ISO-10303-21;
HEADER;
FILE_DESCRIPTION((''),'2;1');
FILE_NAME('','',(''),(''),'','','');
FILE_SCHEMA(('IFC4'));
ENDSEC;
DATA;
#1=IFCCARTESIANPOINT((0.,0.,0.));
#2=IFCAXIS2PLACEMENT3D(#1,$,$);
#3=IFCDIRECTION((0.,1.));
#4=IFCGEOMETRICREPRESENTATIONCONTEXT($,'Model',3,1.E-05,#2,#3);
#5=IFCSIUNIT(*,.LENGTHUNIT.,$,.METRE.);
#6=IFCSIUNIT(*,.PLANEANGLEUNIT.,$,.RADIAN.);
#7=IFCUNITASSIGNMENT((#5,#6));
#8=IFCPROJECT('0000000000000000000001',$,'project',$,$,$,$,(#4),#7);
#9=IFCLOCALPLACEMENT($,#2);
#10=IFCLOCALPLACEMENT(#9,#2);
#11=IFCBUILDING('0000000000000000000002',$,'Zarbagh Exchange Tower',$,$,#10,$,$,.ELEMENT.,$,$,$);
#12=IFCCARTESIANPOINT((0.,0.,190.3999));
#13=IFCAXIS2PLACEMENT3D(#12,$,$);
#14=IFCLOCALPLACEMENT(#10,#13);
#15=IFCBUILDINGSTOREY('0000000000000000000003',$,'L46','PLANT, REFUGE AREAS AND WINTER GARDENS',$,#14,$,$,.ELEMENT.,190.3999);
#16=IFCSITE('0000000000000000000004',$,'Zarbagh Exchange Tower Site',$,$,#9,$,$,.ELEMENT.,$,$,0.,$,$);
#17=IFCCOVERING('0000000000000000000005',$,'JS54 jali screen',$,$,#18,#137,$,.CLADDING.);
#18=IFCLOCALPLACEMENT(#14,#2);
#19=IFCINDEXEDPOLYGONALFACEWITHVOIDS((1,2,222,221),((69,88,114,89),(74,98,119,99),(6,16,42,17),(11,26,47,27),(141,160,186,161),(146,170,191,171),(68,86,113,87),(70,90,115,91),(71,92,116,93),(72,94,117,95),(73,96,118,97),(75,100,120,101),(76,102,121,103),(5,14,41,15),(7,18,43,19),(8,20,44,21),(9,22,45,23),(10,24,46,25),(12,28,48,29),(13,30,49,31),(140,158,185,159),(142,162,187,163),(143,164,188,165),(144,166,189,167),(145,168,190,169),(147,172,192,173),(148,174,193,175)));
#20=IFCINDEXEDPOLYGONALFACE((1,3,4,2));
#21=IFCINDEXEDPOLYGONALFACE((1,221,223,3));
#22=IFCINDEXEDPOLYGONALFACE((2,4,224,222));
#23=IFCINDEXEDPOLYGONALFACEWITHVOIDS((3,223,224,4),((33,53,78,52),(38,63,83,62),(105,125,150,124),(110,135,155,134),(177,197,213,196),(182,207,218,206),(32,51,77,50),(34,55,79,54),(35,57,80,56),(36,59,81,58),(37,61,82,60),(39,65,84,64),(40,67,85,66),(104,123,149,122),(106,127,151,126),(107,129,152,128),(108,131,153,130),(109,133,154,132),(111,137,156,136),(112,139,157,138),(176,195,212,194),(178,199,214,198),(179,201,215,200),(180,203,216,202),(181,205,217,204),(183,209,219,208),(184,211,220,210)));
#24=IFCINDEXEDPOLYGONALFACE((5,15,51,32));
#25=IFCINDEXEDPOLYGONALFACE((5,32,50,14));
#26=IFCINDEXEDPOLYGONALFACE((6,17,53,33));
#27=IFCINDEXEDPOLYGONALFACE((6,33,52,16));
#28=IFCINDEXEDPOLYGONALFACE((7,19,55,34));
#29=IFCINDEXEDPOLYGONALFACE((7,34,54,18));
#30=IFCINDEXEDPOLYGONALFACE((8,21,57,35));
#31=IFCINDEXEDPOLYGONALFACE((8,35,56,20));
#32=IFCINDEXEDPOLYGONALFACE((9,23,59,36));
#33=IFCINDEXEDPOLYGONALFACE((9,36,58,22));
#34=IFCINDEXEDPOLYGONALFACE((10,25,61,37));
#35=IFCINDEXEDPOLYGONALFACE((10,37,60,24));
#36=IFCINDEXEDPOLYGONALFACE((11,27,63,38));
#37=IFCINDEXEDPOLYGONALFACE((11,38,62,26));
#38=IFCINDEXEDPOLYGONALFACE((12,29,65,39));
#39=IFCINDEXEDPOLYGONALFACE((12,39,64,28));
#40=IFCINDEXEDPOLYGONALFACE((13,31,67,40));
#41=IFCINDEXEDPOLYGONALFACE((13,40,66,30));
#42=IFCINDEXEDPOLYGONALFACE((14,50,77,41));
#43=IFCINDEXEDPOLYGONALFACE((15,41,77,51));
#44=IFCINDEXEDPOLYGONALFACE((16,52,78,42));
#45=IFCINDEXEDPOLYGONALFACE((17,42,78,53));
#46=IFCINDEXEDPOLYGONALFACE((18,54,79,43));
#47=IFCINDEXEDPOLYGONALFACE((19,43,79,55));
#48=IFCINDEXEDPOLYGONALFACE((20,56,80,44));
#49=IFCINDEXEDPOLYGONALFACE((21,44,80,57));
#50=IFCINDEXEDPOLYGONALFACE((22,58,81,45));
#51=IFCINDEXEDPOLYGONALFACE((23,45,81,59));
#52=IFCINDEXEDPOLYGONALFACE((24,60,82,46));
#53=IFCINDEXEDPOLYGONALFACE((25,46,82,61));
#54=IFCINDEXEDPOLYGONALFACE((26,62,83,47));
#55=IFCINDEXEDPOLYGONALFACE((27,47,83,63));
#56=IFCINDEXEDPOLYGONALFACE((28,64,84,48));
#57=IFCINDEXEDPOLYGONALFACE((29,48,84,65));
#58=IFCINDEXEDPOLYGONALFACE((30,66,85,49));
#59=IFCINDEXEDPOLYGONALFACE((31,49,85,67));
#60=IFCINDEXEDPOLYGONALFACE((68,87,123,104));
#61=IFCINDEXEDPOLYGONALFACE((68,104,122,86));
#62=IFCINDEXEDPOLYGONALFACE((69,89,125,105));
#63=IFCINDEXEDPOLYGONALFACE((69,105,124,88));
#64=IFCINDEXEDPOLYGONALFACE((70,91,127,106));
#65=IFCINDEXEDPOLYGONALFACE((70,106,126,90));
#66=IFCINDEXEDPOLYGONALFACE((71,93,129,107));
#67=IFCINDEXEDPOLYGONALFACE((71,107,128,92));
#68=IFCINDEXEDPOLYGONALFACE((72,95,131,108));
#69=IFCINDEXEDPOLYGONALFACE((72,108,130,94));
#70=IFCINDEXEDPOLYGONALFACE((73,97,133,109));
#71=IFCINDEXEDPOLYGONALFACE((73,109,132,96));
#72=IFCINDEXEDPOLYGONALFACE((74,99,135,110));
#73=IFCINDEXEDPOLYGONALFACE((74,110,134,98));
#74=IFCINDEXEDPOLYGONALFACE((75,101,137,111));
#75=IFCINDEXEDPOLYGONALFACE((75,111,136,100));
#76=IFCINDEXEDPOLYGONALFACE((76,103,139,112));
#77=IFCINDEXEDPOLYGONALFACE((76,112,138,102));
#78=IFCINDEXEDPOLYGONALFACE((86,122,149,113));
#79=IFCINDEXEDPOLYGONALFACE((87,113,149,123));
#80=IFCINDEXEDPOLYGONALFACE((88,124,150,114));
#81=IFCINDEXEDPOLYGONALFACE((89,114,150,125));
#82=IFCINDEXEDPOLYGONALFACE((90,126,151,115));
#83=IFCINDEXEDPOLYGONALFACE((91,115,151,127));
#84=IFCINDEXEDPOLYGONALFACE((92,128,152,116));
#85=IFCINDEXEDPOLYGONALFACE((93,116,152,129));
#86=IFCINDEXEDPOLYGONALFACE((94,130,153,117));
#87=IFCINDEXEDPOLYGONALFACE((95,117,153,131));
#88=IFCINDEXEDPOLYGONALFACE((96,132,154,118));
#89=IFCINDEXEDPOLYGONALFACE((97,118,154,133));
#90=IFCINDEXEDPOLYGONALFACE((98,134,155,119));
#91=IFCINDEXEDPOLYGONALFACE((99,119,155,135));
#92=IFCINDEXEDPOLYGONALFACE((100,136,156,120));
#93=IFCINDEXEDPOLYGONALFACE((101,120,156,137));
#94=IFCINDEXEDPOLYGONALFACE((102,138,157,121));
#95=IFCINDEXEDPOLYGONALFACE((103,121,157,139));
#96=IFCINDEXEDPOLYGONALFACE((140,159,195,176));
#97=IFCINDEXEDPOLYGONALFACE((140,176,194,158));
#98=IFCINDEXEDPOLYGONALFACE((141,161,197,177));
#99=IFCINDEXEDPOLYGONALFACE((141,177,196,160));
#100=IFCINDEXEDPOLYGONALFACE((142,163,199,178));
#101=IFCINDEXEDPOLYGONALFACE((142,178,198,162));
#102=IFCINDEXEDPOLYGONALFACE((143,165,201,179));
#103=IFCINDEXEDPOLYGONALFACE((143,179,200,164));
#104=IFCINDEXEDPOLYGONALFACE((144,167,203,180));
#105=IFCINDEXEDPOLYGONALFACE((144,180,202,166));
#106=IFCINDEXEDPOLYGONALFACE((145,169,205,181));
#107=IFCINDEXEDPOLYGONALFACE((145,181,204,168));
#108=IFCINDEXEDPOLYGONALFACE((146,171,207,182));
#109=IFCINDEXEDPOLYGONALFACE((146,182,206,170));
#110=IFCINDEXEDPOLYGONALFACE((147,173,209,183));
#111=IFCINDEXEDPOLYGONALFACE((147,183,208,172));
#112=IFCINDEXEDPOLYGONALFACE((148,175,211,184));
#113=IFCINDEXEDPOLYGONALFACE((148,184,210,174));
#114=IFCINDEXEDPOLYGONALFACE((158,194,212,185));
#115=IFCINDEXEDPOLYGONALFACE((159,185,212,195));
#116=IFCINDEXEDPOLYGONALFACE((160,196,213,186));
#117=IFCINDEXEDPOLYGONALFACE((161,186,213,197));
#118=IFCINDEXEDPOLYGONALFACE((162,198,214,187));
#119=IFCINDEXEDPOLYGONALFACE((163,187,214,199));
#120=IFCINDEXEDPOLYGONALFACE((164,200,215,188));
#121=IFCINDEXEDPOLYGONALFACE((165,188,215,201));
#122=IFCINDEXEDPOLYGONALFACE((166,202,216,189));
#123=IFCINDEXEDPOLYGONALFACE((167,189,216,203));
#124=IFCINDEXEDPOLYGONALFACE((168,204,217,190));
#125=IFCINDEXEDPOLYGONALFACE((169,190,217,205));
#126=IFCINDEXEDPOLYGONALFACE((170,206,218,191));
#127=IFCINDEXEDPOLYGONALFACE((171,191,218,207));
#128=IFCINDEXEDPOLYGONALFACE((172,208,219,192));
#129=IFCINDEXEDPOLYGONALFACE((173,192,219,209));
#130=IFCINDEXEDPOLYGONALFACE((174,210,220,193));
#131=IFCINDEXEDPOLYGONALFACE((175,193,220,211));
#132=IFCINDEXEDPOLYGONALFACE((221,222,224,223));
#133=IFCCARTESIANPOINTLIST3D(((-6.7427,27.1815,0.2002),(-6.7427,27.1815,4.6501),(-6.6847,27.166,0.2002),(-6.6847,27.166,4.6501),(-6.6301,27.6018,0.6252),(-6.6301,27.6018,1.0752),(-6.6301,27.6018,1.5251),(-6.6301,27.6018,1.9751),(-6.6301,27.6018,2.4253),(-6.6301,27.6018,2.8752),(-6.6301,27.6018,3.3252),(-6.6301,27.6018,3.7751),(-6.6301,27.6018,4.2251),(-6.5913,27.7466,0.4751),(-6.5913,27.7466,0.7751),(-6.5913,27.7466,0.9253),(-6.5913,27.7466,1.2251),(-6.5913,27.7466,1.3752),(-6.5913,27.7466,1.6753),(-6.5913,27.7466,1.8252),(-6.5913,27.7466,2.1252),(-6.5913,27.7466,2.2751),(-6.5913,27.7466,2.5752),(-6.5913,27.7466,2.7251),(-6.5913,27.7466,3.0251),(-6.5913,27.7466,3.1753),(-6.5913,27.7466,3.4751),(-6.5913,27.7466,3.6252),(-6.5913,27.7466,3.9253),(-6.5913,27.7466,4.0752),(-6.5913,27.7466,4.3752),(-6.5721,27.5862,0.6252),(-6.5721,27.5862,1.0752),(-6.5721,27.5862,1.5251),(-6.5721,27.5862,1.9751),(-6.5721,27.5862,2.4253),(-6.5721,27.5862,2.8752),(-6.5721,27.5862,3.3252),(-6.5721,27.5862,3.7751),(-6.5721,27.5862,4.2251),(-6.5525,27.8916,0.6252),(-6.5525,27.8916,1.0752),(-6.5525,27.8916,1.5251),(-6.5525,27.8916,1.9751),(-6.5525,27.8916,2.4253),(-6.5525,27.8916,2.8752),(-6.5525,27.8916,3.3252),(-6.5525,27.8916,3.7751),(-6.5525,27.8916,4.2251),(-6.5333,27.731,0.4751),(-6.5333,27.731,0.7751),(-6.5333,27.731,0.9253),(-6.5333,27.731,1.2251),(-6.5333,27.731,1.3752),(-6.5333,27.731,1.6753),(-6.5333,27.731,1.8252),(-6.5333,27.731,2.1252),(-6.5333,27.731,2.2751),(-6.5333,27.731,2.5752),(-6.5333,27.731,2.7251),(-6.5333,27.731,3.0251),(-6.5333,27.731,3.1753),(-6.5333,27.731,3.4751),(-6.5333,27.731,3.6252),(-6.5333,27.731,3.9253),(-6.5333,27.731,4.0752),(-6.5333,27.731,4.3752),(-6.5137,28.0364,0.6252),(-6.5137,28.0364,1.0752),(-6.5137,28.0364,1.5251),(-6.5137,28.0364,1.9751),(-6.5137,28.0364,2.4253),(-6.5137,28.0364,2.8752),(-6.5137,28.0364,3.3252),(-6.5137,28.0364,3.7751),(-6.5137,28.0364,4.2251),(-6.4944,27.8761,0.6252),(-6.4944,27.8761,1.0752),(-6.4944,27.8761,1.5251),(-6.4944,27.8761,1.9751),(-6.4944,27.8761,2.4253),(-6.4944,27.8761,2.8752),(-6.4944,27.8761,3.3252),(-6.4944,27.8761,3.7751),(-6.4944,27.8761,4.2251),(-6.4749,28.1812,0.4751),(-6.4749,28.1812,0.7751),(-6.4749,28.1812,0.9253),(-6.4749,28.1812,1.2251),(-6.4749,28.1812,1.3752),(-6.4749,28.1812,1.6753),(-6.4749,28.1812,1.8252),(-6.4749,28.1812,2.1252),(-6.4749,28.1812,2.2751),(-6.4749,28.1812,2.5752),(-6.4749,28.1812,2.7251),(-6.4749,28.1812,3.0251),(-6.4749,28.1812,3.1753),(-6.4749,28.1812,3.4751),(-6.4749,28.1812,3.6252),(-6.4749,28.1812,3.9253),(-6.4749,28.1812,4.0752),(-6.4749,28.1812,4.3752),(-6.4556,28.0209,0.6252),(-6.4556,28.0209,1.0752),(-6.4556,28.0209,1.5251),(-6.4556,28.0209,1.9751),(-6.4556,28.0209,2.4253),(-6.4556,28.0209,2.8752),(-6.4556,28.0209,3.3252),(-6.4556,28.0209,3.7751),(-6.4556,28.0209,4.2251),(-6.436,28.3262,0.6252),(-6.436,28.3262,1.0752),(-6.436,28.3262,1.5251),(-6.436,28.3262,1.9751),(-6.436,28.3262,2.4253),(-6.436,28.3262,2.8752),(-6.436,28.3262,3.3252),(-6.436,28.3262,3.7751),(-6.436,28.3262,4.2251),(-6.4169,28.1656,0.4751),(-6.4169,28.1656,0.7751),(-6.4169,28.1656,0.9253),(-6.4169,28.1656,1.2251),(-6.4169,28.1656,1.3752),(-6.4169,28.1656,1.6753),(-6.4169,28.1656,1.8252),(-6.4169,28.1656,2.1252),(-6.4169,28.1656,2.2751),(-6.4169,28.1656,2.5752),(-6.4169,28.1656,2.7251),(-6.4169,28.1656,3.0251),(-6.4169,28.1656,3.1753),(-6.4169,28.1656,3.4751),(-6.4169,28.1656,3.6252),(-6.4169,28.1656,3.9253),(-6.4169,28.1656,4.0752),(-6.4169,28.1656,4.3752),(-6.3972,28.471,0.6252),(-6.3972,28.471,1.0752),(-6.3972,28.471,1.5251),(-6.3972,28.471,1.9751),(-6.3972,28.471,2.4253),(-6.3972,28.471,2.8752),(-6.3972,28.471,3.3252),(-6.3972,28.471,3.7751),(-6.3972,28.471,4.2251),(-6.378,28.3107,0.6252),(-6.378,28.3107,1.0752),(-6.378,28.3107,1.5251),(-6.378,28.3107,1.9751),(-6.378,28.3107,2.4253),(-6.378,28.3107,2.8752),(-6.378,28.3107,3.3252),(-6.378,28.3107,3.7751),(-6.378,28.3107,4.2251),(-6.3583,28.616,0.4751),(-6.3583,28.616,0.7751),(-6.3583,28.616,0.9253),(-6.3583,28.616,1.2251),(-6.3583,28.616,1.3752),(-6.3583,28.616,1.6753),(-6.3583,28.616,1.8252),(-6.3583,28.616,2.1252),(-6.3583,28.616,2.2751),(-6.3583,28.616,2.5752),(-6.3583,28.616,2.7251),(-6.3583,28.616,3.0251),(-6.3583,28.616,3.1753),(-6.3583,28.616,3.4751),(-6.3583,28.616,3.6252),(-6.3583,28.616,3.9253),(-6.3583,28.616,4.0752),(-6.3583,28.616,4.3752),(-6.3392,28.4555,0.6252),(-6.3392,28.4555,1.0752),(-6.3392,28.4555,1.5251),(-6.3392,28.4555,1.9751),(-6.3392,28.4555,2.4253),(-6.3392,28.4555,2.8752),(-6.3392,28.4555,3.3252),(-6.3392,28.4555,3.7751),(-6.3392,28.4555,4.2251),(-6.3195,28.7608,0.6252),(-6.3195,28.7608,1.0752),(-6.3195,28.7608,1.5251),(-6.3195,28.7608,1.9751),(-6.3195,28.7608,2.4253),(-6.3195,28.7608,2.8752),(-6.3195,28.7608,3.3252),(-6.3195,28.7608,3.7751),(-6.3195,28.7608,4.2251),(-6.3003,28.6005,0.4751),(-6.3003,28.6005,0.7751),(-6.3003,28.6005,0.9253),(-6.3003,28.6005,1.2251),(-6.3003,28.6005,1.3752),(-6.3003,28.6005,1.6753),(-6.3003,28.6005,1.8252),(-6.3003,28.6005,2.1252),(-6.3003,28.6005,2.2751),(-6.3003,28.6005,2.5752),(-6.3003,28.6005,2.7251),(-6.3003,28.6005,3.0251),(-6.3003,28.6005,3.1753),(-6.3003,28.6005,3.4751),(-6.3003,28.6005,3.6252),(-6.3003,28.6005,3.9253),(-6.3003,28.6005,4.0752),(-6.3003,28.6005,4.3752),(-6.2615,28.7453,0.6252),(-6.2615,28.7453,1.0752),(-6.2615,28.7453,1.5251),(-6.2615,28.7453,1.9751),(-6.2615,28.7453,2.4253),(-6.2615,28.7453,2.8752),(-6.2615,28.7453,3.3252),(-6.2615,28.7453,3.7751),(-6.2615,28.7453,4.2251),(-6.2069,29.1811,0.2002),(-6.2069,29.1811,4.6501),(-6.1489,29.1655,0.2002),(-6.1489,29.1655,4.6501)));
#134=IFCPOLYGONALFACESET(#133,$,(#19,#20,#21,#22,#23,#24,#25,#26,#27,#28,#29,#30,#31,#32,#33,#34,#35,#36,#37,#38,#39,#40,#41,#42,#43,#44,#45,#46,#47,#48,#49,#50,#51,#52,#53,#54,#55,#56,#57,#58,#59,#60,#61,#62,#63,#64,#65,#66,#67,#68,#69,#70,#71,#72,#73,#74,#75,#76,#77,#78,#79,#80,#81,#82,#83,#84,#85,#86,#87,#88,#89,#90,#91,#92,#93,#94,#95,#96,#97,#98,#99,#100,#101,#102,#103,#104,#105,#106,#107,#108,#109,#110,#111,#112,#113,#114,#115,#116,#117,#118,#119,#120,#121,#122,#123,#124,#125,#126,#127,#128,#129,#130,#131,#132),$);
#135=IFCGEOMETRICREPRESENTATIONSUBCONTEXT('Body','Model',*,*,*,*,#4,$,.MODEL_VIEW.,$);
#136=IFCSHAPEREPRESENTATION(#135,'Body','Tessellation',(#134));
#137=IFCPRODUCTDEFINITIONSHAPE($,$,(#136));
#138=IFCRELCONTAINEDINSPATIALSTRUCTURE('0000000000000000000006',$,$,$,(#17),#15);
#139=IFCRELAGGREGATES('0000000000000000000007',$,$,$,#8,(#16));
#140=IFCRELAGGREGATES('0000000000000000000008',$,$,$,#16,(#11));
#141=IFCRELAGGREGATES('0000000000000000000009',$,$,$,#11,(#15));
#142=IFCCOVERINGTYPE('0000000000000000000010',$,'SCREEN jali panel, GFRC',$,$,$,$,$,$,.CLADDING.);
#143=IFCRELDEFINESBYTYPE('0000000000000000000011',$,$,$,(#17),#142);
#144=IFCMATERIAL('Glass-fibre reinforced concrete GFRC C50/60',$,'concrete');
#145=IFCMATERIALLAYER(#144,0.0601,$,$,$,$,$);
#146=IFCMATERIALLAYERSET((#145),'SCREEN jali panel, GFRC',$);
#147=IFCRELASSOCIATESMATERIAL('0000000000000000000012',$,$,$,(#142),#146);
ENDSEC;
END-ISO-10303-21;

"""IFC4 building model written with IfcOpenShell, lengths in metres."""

from ifc_helpers import new_model, si_unit, direction, frame, origin, place, context, subcontext, project, spatial, polyline, outline, extrude, source, transform, mapped, material, layer, layer_set, type_object, element, save


model = new_model("IFC4")

# Units and contexts
model_context = context("Model", 3, precision=1e-05, world=origin(), true_north=direction((0.0, 1.0)))
body_context = subcontext(model_context, "Body", "Model", "MODEL_VIEW")
ifc_project = project(units=[si_unit("LENGTHUNIT", "METRE"), si_unit("PLANEANGLEUNIT", "RADIAN")], contexts=[model_context])

# Site, building, storey
site_placement = place(None, origin())
site = spatial("IfcSite", under=ifc_project, at=site_placement, Name="Zarbagh Exchange Tower Site", CompositionType="ELEMENT", RefElevation=0.0)
building_placement = place(site_placement, origin())
building = spatial("IfcBuilding", under=site, at=building_placement, Name="Zarbagh Exchange Tower", CompositionType="ELEMENT")
storey_placement = place(building_placement, frame((0.0, 0.0, 190.3999)))
storey = spatial("IfcBuildingStorey", under=building, at=storey_placement, Name="L46", Description="PLANT, REFUGE AREAS AND WINTER GARDENS", CompositionType="ELEMENT", Elevation=190.3999)

# Shared definitions
ifc_material_1 = material(Name="Glass-fibre reinforced concrete GFRC C50/60", Category="concrete")
ifc_layer_1 = layer(ifc_material_1, 0.0601)
ifc_layer_set_1 = layer_set([ifc_layer_1], Name="SCREEN jali panel, GFRC")
covering_type = type_object("IfcCoveringType", Name="SCREEN jali panel, GFRC", PredefinedType="CLADDING", material=ifc_layer_set_1)
placement = place(storey_placement, origin())

# Covering
shared_shape_1 = source(origin(), body_context, "Body", "SweptSolid", [
    extrude(outline(polyline([(0.0, 0.0), (2.0701, 0.0), (2.0701, 4.45), (0.0, 4.45), (0.0, 0.0)]), holes=[polyline([(0.4351, 0.425), (0.585, 0.2749), (0.7351, 0.425), (0.585, 0.575), (0.4351, 0.425)]), polyline([(0.4351, 0.875), (0.585, 0.7251), (0.7351, 0.875), (0.585, 1.0249), (0.4351, 0.875)]), polyline([(0.4351, 1.325), (0.585, 1.175), (0.7351, 1.325), (0.585, 1.4751), (0.4351, 1.325)]), polyline([(0.4351, 1.7749), (0.585, 1.625), (0.7351, 1.7749), (0.585, 1.925), (0.4351, 1.7749)]), polyline([(0.4351, 2.2251), (0.585, 2.075), (0.7351, 2.2251), (0.585, 2.375), (0.4351, 2.2251)]), polyline([(0.4351, 2.675), (0.585, 2.5249), (0.7351, 2.675), (0.585, 2.825), (0.4351, 2.675)]), polyline([(0.4351, 3.125), (0.585, 2.9751), (0.7351, 3.125), (0.585, 3.2749), (0.4351, 3.125)]), polyline([(0.4351, 3.575), (0.585, 3.425), (0.7351, 3.575), (0.585, 3.7251), (0.4351, 3.575)]), polyline([(0.4351, 4.0249), (0.585, 3.875), (0.7351, 4.0249), (0.585, 4.175), (0.4351, 4.0249)]), polyline([(0.885, 0.425), (1.0352, 0.2749), (1.1851, 0.425), (1.0352, 0.575), (0.885, 0.425)]), polyline([(0.885, 0.875), (1.0352, 0.7251), (1.1851, 0.875), (1.0352, 1.0249), (0.885, 0.875)]), polyline([(0.885, 1.325), (1.0352, 1.175), (1.1851, 1.325), (1.0352, 1.4751), (0.885, 1.325)]), polyline([(0.885, 1.7749), (1.0352, 1.625), (1.1851, 1.7749), (1.0352, 1.925), (0.885, 1.7749)]), polyline([(0.885, 2.2251), (1.0352, 2.075), (1.1851, 2.2251), (1.0352, 2.375), (0.885, 2.2251)]), polyline([(0.885, 2.675), (1.0352, 2.5249), (1.1851, 2.675), (1.0352, 2.825), (0.885, 2.675)]), polyline([(0.885, 3.125), (1.0352, 2.9751), (1.1851, 3.125), (1.0352, 3.2749), (0.885, 3.125)]), polyline([(0.885, 3.575), (1.0352, 3.425), (1.1851, 3.575), (1.0352, 3.7251), (0.885, 3.575)]), polyline([(0.885, 4.0249), (1.0352, 3.875), (1.1851, 4.0249), (1.0352, 4.175), (0.885, 4.0249)]), polyline([(1.335, 0.425), (1.4851, 0.2749), (1.635, 0.425), (1.4851, 0.575), (1.335, 0.425)]), polyline([(1.335, 0.875), (1.4851, 0.7251), (1.635, 0.875), (1.4851, 1.0249), (1.335, 0.875)]), polyline([(1.335, 1.325), (1.4851, 1.175), (1.635, 1.325), (1.4851, 1.4751), (1.335, 1.325)]), polyline([(1.335, 1.7749), (1.4851, 1.625), (1.635, 1.7749), (1.4851, 1.925), (1.335, 1.7749)]), polyline([(1.335, 2.2251), (1.4851, 2.075), (1.635, 2.2251), (1.4851, 2.375), (1.335, 2.2251)]), polyline([(1.335, 2.675), (1.4851, 2.5249), (1.635, 2.675), (1.4851, 2.825), (1.335, 2.675)]), polyline([(1.335, 3.125), (1.4851, 2.9751), (1.635, 3.125), (1.4851, 3.2749), (1.335, 3.125)]), polyline([(1.335, 3.575), (1.4851, 3.425), (1.635, 3.575), (1.4851, 3.7251), (1.335, 3.575)]), polyline([(1.335, 4.0249), (1.4851, 3.875), (1.635, 4.0249), (1.4851, 4.175), (1.335, 4.0249)])]), origin(), (0.0, 0.0, 1.0), 0.0601),
])
element("IfcCovering", 1, at=placement, inside=storey, type_object=covering_type, Name="JS54 jali screen", PredefinedType="CLADDING", context=body_context, shape_type="MappedRepresentation", body=[
    mapped(shared_shape_1, transform((-6.1489, 29.1655, 0.2002), x_axis=(-0.258825, -0.965924, 0.0), y_axis=(0.0, 0.0, 1.0), z_axis=(-0.965924, 0.258825, 0.0))),
])

save(model, "model.ifc")
